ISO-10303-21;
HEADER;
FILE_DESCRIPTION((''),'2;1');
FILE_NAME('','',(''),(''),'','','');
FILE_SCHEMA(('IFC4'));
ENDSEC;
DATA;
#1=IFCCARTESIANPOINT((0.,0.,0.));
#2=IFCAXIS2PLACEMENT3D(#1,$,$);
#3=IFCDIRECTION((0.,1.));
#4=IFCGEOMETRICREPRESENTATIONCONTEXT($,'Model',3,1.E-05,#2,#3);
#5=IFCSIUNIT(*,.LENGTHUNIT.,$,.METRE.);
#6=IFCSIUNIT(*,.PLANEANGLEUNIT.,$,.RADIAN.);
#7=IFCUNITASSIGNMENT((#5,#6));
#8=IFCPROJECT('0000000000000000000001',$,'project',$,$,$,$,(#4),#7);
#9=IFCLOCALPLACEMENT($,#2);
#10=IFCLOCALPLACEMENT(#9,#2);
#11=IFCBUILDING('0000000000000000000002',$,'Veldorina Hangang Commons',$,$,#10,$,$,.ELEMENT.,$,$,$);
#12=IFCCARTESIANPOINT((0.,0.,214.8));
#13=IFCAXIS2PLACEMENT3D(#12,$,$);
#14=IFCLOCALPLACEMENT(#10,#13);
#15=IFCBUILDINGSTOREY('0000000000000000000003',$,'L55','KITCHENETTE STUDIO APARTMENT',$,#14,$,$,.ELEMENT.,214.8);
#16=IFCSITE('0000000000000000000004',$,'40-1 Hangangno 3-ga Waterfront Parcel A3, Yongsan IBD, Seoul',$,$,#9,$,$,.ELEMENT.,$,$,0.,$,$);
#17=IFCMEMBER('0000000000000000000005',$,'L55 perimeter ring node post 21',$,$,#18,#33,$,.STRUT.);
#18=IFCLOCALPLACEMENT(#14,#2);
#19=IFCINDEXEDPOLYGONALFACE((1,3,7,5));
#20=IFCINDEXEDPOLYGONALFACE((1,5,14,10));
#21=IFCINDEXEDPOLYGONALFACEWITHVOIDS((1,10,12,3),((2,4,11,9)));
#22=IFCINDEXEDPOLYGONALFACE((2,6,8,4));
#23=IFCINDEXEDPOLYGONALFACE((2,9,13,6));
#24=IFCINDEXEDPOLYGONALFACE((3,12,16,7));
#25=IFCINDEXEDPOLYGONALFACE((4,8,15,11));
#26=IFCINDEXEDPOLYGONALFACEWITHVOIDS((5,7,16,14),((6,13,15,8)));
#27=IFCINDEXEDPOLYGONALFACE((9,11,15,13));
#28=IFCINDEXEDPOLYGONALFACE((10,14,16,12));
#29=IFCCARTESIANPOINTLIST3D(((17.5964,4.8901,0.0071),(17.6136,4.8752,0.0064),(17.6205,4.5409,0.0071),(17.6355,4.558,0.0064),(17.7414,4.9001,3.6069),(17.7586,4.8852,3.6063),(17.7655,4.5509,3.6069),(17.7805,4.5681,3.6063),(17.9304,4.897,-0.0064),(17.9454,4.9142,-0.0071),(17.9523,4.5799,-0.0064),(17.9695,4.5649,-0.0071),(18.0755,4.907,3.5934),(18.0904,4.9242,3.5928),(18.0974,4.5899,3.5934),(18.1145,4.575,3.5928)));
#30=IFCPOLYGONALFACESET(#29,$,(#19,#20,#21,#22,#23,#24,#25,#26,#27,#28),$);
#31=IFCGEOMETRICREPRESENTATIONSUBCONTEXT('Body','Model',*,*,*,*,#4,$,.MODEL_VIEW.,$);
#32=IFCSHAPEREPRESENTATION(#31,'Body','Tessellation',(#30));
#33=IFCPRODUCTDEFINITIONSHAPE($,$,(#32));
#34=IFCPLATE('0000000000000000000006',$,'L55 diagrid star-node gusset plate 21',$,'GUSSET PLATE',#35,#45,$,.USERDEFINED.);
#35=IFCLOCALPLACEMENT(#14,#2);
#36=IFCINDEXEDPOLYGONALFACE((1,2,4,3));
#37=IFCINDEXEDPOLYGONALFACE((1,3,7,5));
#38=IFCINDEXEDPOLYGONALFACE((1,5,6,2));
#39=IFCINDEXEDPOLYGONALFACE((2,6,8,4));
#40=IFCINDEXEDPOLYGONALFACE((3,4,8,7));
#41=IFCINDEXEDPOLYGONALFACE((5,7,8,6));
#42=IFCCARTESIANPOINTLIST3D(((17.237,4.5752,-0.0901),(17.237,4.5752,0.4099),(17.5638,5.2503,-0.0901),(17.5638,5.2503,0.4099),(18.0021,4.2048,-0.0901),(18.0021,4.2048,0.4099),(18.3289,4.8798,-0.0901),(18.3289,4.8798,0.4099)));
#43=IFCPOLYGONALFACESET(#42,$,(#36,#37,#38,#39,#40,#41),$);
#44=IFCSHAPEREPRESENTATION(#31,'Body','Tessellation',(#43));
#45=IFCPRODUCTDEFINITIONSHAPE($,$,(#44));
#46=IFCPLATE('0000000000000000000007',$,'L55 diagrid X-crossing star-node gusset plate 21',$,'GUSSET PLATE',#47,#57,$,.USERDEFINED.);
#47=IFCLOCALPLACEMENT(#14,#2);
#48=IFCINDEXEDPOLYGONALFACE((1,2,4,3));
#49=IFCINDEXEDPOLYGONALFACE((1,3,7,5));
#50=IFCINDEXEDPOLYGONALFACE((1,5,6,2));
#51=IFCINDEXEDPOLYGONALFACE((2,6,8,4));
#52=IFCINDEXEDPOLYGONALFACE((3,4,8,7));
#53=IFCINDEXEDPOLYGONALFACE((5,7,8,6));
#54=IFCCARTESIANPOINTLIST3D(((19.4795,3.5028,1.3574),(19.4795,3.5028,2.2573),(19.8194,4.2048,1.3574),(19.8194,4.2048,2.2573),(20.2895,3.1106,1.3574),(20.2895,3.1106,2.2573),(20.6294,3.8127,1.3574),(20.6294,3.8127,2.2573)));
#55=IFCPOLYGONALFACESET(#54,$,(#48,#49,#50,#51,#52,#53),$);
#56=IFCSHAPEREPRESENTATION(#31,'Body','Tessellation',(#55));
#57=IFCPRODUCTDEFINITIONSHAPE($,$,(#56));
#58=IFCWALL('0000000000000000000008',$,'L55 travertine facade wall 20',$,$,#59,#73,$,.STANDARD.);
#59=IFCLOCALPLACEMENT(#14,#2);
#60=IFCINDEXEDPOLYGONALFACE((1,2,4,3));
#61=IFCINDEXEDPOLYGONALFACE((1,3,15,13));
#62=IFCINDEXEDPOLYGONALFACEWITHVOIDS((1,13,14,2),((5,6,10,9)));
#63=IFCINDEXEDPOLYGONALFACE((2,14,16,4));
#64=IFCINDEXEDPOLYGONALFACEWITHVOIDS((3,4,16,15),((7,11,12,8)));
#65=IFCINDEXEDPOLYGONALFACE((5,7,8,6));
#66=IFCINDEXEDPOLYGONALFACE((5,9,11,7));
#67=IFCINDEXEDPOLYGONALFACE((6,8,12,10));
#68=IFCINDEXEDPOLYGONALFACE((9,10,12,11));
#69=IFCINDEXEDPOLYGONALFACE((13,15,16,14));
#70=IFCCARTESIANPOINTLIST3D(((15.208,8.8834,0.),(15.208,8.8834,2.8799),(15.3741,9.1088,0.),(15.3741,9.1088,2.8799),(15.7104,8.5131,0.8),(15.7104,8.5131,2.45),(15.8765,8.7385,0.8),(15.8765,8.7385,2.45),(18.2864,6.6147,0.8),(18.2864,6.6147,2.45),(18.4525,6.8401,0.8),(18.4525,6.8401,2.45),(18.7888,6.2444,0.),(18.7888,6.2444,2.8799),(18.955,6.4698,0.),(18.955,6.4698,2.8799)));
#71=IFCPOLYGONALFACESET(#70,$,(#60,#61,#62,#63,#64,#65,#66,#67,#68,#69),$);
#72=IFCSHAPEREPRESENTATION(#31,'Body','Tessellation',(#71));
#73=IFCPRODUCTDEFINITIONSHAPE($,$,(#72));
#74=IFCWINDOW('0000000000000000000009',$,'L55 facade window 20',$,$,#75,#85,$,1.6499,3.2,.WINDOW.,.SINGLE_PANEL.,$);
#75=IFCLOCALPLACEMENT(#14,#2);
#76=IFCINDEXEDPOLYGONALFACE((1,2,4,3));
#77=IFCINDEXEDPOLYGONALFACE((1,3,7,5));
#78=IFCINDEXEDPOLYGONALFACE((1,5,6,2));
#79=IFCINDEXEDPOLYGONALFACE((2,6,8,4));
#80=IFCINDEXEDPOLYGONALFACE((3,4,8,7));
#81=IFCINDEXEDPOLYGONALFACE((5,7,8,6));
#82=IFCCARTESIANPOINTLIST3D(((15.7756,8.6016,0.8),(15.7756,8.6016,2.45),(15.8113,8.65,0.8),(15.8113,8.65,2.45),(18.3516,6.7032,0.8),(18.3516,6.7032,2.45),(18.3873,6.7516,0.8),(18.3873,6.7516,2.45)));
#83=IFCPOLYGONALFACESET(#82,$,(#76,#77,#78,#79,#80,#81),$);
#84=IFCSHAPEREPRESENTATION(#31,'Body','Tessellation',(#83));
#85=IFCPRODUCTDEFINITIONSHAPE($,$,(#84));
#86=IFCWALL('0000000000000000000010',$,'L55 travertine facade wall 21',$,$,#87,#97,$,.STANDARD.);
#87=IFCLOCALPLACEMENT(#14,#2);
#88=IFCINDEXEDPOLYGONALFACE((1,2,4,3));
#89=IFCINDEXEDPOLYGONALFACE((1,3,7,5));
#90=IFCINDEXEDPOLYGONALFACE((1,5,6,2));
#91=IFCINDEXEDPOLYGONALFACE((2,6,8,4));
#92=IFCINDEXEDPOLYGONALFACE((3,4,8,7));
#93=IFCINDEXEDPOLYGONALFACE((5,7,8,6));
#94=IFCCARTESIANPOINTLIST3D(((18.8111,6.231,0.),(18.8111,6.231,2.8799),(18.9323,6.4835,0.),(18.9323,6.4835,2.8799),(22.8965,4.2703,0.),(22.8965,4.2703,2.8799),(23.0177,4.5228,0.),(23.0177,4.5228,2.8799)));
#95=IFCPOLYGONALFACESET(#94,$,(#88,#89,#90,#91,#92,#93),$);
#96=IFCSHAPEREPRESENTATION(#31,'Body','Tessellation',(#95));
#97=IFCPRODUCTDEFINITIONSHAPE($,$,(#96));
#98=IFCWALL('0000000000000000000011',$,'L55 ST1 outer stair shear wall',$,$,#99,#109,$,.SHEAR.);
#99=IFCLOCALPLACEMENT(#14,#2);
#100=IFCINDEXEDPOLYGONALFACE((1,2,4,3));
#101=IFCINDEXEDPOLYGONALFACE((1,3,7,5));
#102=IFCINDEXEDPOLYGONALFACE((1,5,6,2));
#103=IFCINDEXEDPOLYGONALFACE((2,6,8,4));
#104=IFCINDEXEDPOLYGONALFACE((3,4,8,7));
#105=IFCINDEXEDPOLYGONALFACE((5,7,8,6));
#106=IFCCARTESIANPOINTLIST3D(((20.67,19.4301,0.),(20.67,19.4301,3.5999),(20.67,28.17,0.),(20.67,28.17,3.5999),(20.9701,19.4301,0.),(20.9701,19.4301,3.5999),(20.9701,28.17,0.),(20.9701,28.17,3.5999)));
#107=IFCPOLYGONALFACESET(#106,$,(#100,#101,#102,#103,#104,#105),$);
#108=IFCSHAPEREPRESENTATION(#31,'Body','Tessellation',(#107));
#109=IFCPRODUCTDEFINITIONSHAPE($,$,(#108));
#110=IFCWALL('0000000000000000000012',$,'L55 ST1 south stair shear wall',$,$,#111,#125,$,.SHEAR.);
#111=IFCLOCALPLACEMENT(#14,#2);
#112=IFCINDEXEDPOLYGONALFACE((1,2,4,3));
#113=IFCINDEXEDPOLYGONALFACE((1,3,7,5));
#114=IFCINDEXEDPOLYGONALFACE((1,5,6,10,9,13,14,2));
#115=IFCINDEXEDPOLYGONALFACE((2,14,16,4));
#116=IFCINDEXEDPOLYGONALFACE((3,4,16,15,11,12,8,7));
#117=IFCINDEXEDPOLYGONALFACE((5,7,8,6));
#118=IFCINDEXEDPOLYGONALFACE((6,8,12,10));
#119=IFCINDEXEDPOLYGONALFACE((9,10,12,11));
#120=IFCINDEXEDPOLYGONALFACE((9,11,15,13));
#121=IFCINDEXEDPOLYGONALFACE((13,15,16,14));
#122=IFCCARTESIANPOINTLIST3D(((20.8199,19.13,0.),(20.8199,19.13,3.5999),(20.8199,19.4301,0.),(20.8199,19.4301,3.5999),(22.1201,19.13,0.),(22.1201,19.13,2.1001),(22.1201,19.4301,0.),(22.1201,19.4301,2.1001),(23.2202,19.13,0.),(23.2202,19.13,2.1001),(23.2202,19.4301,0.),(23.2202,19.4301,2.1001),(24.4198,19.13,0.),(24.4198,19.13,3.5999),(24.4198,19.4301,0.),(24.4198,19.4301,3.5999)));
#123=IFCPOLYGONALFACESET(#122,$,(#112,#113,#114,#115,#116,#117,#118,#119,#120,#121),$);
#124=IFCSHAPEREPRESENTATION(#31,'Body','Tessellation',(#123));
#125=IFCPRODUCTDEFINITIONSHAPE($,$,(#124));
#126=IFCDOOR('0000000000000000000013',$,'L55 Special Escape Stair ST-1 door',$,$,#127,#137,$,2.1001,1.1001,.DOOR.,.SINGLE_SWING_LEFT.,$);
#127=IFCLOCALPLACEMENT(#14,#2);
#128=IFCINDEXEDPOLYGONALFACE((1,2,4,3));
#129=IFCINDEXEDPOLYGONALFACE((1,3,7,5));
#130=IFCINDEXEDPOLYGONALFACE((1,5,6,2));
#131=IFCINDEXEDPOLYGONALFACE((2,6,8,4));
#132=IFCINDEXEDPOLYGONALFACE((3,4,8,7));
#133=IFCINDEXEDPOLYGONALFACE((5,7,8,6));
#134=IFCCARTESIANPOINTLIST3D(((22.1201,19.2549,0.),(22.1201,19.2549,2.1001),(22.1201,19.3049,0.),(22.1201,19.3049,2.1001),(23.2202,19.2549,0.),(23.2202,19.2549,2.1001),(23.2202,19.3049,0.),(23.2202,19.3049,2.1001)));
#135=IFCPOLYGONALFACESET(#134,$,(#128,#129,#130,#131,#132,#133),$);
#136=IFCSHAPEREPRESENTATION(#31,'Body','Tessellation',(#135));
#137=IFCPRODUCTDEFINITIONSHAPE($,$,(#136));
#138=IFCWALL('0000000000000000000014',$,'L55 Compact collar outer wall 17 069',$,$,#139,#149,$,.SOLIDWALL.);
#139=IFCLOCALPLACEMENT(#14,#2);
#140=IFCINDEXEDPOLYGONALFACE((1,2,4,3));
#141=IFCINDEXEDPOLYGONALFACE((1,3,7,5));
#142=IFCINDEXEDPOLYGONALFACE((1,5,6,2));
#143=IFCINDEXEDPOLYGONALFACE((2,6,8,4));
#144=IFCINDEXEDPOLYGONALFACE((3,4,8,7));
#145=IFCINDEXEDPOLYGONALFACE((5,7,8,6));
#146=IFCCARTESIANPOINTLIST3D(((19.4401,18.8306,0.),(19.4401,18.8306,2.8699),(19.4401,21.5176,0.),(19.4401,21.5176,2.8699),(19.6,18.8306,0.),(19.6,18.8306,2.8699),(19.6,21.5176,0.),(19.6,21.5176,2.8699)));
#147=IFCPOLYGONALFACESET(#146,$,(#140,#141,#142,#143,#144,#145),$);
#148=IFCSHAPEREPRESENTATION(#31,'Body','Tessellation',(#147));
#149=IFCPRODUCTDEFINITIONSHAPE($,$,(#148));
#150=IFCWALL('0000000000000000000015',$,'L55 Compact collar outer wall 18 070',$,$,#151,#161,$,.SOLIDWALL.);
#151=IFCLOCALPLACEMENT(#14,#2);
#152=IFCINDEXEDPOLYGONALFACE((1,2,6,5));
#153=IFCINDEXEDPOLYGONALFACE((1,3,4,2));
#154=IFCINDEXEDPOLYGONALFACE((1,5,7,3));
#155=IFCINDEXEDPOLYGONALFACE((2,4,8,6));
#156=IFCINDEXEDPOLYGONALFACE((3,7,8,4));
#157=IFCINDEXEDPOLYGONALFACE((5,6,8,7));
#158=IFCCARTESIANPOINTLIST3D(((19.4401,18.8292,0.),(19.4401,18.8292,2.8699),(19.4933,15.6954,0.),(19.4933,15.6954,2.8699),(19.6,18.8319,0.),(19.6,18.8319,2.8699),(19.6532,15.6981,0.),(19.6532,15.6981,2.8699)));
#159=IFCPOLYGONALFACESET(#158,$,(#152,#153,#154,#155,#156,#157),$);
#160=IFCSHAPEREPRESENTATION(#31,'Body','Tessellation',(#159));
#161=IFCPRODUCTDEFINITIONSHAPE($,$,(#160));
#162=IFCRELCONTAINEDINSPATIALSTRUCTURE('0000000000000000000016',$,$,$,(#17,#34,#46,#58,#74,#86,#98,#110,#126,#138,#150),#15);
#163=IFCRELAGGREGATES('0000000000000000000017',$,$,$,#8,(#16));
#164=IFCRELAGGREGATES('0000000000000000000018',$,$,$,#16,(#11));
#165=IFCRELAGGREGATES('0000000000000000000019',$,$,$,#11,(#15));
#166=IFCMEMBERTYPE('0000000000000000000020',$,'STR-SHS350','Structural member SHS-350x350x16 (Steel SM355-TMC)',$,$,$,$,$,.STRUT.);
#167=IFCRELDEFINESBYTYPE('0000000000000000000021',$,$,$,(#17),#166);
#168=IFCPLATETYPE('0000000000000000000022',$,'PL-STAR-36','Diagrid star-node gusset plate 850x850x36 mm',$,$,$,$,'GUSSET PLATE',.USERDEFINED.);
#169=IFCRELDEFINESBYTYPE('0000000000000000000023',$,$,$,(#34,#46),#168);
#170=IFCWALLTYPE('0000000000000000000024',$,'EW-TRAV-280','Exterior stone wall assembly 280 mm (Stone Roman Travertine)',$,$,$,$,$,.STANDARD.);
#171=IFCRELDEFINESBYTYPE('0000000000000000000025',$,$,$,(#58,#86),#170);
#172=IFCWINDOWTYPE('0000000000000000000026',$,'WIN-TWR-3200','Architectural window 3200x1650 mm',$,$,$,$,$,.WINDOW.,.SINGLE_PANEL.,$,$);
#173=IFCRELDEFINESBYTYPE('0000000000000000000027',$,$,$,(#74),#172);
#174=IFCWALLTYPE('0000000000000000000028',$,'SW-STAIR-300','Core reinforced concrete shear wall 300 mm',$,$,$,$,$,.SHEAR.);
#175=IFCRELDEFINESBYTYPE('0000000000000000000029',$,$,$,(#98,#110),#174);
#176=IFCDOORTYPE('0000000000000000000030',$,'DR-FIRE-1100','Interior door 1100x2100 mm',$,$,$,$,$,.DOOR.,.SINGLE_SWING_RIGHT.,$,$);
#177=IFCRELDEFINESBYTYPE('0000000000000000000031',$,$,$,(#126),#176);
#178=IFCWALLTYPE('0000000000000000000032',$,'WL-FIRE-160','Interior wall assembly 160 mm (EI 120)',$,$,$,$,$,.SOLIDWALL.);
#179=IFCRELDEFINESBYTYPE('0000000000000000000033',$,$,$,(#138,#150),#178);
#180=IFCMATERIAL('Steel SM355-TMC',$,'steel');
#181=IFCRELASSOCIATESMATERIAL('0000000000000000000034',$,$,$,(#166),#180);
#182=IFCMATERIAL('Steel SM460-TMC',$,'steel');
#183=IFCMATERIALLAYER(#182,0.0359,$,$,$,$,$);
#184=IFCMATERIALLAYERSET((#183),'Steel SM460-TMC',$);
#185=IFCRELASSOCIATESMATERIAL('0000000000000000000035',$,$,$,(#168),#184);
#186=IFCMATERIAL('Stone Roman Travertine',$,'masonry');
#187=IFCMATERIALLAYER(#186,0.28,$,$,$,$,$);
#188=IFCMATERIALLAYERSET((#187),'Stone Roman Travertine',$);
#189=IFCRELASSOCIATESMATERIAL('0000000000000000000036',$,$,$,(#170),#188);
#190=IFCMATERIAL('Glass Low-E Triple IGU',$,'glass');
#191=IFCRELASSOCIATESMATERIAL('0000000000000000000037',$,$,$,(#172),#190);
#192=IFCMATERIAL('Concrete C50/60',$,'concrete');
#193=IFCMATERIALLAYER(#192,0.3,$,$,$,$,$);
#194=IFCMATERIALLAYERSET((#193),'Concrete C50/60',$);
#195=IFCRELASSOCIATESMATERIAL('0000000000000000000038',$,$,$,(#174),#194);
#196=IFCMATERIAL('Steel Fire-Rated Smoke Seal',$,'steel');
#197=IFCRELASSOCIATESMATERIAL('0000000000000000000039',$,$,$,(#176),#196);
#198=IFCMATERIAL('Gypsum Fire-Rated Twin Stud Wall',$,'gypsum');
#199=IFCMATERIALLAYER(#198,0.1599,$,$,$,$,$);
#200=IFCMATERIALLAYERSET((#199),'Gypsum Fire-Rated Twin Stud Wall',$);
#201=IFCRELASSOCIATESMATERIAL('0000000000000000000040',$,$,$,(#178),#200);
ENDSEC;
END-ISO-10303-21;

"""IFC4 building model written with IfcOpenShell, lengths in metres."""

from ifc_helpers import new_model, si_unit, direction, frame, frame_2d, origin, origin_2d, place, context, subcontext, project, spatial, rectangle, hollow_rectangle, extrude, material, layer, layer_set, material_profile, profile_set, type_object, element, fill, save


model = new_model("IFC4")

# Units and contexts
model_context = context("Model", 3, precision=1e-05, world=origin(), true_north=direction((0.0, 1.0)))
body_context = subcontext(model_context, "Body", "Model", "MODEL_VIEW")
ifc_project = project(units=[si_unit("LENGTHUNIT", "METRE"), si_unit("PLANEANGLEUNIT", "RADIAN")], contexts=[model_context])

# Site, building, storey
site_placement = place(None, origin())
site = spatial("IfcSite", under=ifc_project, at=site_placement, Name="40-1 Hangangno 3-ga Waterfront Parcel A3, Yongsan IBD, Seoul", CompositionType="ELEMENT", RefElevation=0.0)
building_placement = place(site_placement, origin())
building = spatial("IfcBuilding", under=site, at=building_placement, Name="Veldorina Hangang Commons", CompositionType="ELEMENT")
storey_placement = place(building_placement, frame((0.0, 0.0, 214.8)))
storey = spatial("IfcBuildingStorey", under=building, at=storey_placement, Name="L55", Description="KITCHENETTE STUDIO APARTMENT", CompositionType="ELEMENT", Elevation=214.8)

# Shared definitions
ifc_material_1 = material(Name="Steel SM355-TMC", Category="steel")

# Member
ifc_material_profile_1 = material_profile(ifc_material_1, hollow_rectangle(XDim=0.3501, YDim=0.3501, WallThickness=0.0161, at=origin_2d()), Name="SHS-350x350x16")
ifc_profile_set_1 = profile_set([ifc_material_profile_1], Name="Steel SM355-TMC")
member_type_1 = type_object("IfcMemberType", Name="STR-SHS350", Description="Structural member SHS-350x350x16 (Steel SM355-TMC)", PredefinedType="STRUT", material=ifc_profile_set_1)
member_1_placement = place(storey_placement, frame((17.783, 4.7275, 0.0), z_axis=(0.040252, 0.002778, 0.999186), x_axis=(-0.06886, 0.997626, 0.0)))
element("IfcMember", 1, at=member_1_placement, inside=storey, type_object=member_type_1, Name="L55 perimeter ring node post 21", PredefinedType="STRUT", context=body_context, shape_type="SweptSolid", body=[
    extrude(hollow_rectangle(XDim=0.3501, YDim=0.3501, WallThickness=0.0161, at=origin_2d()), origin(), (0.0, 0.0, 1.0), 3.6028),
])

# Plates
ifc_material_2 = material(Name="Steel SM460-TMC", Category="steel")
ifc_layer_1 = layer(ifc_material_2, 0.0359)
ifc_layer_set_1 = layer_set([ifc_layer_1], Name="Steel SM460-TMC")
plate_type = type_object("IfcPlateType", Name="PL-STAR-36", Description="Diagrid star-node gusset plate 850x850x36 mm", ElementType="GUSSET PLATE", PredefinedType="USERDEFINED", material=ifc_layer_set_1)
plate_1_placement = place(storey_placement, frame((17.783, 4.7275, -0.0901), z_axis=(0.0, 0.0, 1.0), x_axis=(0.90006, -0.435765, 0.0)))
element("IfcPlate", 2, at=plate_1_placement, inside=storey, type_object=plate_type, Name="L55 diagrid star-node gusset plate 21", ObjectType="GUSSET PLATE", PredefinedType="USERDEFINED", context=body_context, shape_type="SweptSolid", body=[
    extrude(rectangle(XDim=0.8501, YDim=0.75, at=origin_2d()), origin(), (0.0, 0.0, 1.0), 0.5),
])
plate_2_placement = place(storey_placement, frame((20.0544, 3.6577, 1.3574), z_axis=(0.0, 0.0, 1.0), x_axis=(0.90006, -0.435765, 0.0)))
element("IfcPlate", 3, at=plate_2_placement, inside=storey, type_object=plate_type, Name="L55 diagrid X-crossing star-node gusset plate 21", ObjectType="GUSSET PLATE", PredefinedType="USERDEFINED", context=body_context, shape_type="SweptSolid", body=[
    extrude(rectangle(XDim=0.8999, YDim=0.78, at=origin_2d()), origin(), (0.0, 0.0, 1.0), 0.8999),
])

# Wall, opening, window
ifc_material_3 = material(Name="Stone Roman Travertine", Category="masonry")
ifc_layer_2 = layer(ifc_material_3, 0.28)
ifc_layer_set_2 = layer_set([ifc_layer_2], Name="Stone Roman Travertine")
wall_type_1 = type_object("IfcWallType", Name="EW-TRAV-280", Description="Exterior stone wall assembly 280 mm (Stone Roman Travertine)", PredefinedType="STANDARD", material=ifc_layer_set_2)
wall_1_placement = place(storey_placement, frame((15.291, 8.9961, 0.0), z_axis=(0.0, 0.0, 1.0), x_axis=(0.80501, -0.593261, 0.0)))
wall_1 = element("IfcWall", 4, at=wall_1_placement, inside=storey, type_object=wall_type_1, Name="L55 travertine facade wall 20", PredefinedType="STANDARD", context=body_context, shape_type="SweptSolid", body=[
    extrude(rectangle(XDim=4.4482, YDim=0.28, at=frame_2d((2.2241, 0.0))), origin(), (0.0, 0.0, 1.0), 2.8799),
])
opening_1_placement = place(wall_1_placement, frame((0.624, 0.0, 0.8)))
opening_1 = element("IfcOpeningElement", 5, at=opening_1_placement, cuts=wall_1, PredefinedType="OPENING", context=body_context, shape_type="SweptSolid", body=[
    extrude(rectangle(XDim=3.2, YDim=1.6499, at=frame_2d((1.6001, 0.825))), frame((0.0, 0.1499, 0.0), z_axis=(0.0, -1.0, 0.0), x_axis=(1.0, 0.0, 0.0)), (0.0, 0.0, 1.0), 0.3),
])
ifc_material_4 = material(Name="Glass Low-E Triple IGU", Category="glass")
window_type = type_object("IfcWindowType", Name="WIN-TWR-3200", Description="Architectural window 3200x1650 mm", PartitioningType="SINGLE_PANEL", PredefinedType="WINDOW", material=ifc_material_4)
window_placement = place(opening_1_placement, origin())
window = element("IfcWindow", 6, at=window_placement, inside=storey, type_object=window_type, Name="L55 facade window 20", OverallHeight=1.6499, OverallWidth=3.2, PartitioningType="SINGLE_PANEL", PredefinedType="WINDOW", context=body_context, shape_type="SweptSolid", body=[
    extrude(rectangle(XDim=3.2, YDim=1.6499, at=frame_2d((1.6001, 0.825))), frame((0.0, 0.03, 0.0), z_axis=(0.0, -1.0, 0.0), x_axis=(1.0, 0.0, 0.0)), (0.0, 0.0, 1.0), 0.0601),
])
fill(opening_1, window)

# Walls
wall_2_placement = place(storey_placement, frame((18.8718, 6.3572, 0.0), z_axis=(0.0, 0.0, 1.0), x_axis=(0.901551, -0.432673, 0.0)))
element("IfcWall", 7, at=wall_2_placement, inside=storey, type_object=wall_type_1, Name="L55 travertine facade wall 21", PredefinedType="STANDARD", context=body_context, shape_type="SweptSolid", body=[
    extrude(rectangle(XDim=4.5315, YDim=0.28, at=frame_2d((2.2656, 0.0))), origin(), (0.0, 0.0, 1.0), 2.8799),
])
ifc_material_5 = material(Name="Concrete C50/60", Category="concrete")
ifc_layer_3 = layer(ifc_material_5, 0.3)
ifc_layer_set_3 = layer_set([ifc_layer_3], Name="Concrete C50/60")
wall_type_2 = type_object("IfcWallType", Name="SW-STAIR-300", Description="Core reinforced concrete shear wall 300 mm", PredefinedType="SHEAR", material=ifc_layer_set_3)
wall_3_placement = place(storey_placement, frame((20.8201, 19.4299, 0.0), z_axis=(0.0, 0.0, 1.0), x_axis=(0.0, 1.0, 0.0)))
element("IfcWall", 8, at=wall_3_placement, inside=storey, type_object=wall_type_2, Name="L55 ST1 outer stair shear wall", PredefinedType="SHEAR", context=body_context, shape_type="SweptSolid", body=[
    extrude(rectangle(XDim=8.74, YDim=0.3, at=frame_2d((4.3701, 0.0))), origin(), (0.0, 0.0, 1.0), 3.5999),
])

# Wall, opening, door
wall_4_placement = place(storey_placement, frame((20.8201, 19.28, 0.0), z_axis=(0.0, 0.0, 1.0), x_axis=(1.0, 0.0, 0.0)))
wall_4 = element("IfcWall", 9, at=wall_4_placement, inside=storey, type_object=wall_type_2, Name="L55 ST1 south stair shear wall", PredefinedType="SHEAR", context=body_context, shape_type="SweptSolid", body=[
    extrude(rectangle(XDim=3.5999, YDim=0.3, at=frame_2d((1.7998, 0.0))), origin(), (0.0, 0.0, 1.0), 3.5999),
])
opening_2_placement = place(wall_4_placement, frame((1.3, 0.0, 0.0)))
opening_2 = element("IfcOpeningElement", 10, at=opening_2_placement, cuts=wall_4, PredefinedType="OPENING", context=body_context, shape_type="SweptSolid", body=[
    extrude(rectangle(XDim=1.1001, YDim=2.1001, at=frame_2d((0.55, 1.05))), frame((0.0, 0.1602, 0.0), z_axis=(0.0, -1.0, 0.0), x_axis=(1.0, 0.0, 0.0)), (0.0, 0.0, 1.0), 0.3201),
])
ifc_material_6 = material(Name="Steel Fire-Rated Smoke Seal", Category="steel")
door_type_1 = type_object("IfcDoorType", Name="DR-FIRE-1100", Description="Interior door 1100x2100 mm", OperationType="SINGLE_SWING_RIGHT", PredefinedType="DOOR", material=ifc_material_6)
door_1_placement = place(opening_2_placement, origin())
door_1 = element("IfcDoor", 11, at=door_1_placement, inside=storey, type_object=door_type_1, Name="L55 Special Escape Stair ST-1 door", OperationType="SINGLE_SWING_LEFT", OverallHeight=2.1001, OverallWidth=1.1001, PredefinedType="DOOR", context=body_context, shape_type="SweptSolid", body=[
    extrude(rectangle(XDim=1.1001, YDim=2.1001, at=frame_2d((0.55, 1.05))), frame((0.0, 0.0249, 0.0), z_axis=(0.0, -1.0, 0.0), x_axis=(1.0, 0.0, 0.0)), (0.0, 0.0, 1.0), 0.05),
])
fill(opening_2, door_1)

# Walls
ifc_material_7 = material(Name="Gypsum Fire-Rated Twin Stud Wall", Category="gypsum")
ifc_layer_4 = layer(ifc_material_7, 0.1599)
ifc_layer_set_4 = layer_set([ifc_layer_4], Name="Gypsum Fire-Rated Twin Stud Wall")
wall_type_3 = type_object("IfcWallType", Name="WL-FIRE-160", Description="Interior wall assembly 160 mm (EI 120)", PredefinedType="SOLIDWALL", material=ifc_layer_set_4)
wall_5_placement = place(storey_placement, frame((19.52, 21.5176, 0.0), z_axis=(0.0, 0.0, 1.0), x_axis=(0.0, -1.0, 0.0)))
element("IfcWall", 12, at=wall_5_placement, inside=storey, type_object=wall_type_3, Name="L55 Compact collar outer wall 17 069", PredefinedType="SOLIDWALL", context=body_context, shape_type="SweptSolid", body=[
    extrude(rectangle(XDim=2.687, YDim=0.1599, at=frame_2d((1.3435, 0.0))), origin(), (0.0, 0.0, 1.0), 2.8699),
])
wall_6_placement = place(storey_placement, frame((19.52, 18.8306, 0.0), z_axis=(0.0, 0.0, 1.0), x_axis=(0.016981, -0.999856, 0.0)))
element("IfcWall", 13, at=wall_6_placement, inside=storey, type_object=wall_type_3, Name="L55 Compact collar outer wall 18 070", PredefinedType="SOLIDWALL", context=body_context, shape_type="SweptSolid", body=[
    extrude(rectangle(XDim=3.1343, YDim=0.1599, at=frame_2d((1.5671, 0.0))), origin(), (0.0, 0.0, 1.0), 2.8699),
])

save(model, "model.ifc")
